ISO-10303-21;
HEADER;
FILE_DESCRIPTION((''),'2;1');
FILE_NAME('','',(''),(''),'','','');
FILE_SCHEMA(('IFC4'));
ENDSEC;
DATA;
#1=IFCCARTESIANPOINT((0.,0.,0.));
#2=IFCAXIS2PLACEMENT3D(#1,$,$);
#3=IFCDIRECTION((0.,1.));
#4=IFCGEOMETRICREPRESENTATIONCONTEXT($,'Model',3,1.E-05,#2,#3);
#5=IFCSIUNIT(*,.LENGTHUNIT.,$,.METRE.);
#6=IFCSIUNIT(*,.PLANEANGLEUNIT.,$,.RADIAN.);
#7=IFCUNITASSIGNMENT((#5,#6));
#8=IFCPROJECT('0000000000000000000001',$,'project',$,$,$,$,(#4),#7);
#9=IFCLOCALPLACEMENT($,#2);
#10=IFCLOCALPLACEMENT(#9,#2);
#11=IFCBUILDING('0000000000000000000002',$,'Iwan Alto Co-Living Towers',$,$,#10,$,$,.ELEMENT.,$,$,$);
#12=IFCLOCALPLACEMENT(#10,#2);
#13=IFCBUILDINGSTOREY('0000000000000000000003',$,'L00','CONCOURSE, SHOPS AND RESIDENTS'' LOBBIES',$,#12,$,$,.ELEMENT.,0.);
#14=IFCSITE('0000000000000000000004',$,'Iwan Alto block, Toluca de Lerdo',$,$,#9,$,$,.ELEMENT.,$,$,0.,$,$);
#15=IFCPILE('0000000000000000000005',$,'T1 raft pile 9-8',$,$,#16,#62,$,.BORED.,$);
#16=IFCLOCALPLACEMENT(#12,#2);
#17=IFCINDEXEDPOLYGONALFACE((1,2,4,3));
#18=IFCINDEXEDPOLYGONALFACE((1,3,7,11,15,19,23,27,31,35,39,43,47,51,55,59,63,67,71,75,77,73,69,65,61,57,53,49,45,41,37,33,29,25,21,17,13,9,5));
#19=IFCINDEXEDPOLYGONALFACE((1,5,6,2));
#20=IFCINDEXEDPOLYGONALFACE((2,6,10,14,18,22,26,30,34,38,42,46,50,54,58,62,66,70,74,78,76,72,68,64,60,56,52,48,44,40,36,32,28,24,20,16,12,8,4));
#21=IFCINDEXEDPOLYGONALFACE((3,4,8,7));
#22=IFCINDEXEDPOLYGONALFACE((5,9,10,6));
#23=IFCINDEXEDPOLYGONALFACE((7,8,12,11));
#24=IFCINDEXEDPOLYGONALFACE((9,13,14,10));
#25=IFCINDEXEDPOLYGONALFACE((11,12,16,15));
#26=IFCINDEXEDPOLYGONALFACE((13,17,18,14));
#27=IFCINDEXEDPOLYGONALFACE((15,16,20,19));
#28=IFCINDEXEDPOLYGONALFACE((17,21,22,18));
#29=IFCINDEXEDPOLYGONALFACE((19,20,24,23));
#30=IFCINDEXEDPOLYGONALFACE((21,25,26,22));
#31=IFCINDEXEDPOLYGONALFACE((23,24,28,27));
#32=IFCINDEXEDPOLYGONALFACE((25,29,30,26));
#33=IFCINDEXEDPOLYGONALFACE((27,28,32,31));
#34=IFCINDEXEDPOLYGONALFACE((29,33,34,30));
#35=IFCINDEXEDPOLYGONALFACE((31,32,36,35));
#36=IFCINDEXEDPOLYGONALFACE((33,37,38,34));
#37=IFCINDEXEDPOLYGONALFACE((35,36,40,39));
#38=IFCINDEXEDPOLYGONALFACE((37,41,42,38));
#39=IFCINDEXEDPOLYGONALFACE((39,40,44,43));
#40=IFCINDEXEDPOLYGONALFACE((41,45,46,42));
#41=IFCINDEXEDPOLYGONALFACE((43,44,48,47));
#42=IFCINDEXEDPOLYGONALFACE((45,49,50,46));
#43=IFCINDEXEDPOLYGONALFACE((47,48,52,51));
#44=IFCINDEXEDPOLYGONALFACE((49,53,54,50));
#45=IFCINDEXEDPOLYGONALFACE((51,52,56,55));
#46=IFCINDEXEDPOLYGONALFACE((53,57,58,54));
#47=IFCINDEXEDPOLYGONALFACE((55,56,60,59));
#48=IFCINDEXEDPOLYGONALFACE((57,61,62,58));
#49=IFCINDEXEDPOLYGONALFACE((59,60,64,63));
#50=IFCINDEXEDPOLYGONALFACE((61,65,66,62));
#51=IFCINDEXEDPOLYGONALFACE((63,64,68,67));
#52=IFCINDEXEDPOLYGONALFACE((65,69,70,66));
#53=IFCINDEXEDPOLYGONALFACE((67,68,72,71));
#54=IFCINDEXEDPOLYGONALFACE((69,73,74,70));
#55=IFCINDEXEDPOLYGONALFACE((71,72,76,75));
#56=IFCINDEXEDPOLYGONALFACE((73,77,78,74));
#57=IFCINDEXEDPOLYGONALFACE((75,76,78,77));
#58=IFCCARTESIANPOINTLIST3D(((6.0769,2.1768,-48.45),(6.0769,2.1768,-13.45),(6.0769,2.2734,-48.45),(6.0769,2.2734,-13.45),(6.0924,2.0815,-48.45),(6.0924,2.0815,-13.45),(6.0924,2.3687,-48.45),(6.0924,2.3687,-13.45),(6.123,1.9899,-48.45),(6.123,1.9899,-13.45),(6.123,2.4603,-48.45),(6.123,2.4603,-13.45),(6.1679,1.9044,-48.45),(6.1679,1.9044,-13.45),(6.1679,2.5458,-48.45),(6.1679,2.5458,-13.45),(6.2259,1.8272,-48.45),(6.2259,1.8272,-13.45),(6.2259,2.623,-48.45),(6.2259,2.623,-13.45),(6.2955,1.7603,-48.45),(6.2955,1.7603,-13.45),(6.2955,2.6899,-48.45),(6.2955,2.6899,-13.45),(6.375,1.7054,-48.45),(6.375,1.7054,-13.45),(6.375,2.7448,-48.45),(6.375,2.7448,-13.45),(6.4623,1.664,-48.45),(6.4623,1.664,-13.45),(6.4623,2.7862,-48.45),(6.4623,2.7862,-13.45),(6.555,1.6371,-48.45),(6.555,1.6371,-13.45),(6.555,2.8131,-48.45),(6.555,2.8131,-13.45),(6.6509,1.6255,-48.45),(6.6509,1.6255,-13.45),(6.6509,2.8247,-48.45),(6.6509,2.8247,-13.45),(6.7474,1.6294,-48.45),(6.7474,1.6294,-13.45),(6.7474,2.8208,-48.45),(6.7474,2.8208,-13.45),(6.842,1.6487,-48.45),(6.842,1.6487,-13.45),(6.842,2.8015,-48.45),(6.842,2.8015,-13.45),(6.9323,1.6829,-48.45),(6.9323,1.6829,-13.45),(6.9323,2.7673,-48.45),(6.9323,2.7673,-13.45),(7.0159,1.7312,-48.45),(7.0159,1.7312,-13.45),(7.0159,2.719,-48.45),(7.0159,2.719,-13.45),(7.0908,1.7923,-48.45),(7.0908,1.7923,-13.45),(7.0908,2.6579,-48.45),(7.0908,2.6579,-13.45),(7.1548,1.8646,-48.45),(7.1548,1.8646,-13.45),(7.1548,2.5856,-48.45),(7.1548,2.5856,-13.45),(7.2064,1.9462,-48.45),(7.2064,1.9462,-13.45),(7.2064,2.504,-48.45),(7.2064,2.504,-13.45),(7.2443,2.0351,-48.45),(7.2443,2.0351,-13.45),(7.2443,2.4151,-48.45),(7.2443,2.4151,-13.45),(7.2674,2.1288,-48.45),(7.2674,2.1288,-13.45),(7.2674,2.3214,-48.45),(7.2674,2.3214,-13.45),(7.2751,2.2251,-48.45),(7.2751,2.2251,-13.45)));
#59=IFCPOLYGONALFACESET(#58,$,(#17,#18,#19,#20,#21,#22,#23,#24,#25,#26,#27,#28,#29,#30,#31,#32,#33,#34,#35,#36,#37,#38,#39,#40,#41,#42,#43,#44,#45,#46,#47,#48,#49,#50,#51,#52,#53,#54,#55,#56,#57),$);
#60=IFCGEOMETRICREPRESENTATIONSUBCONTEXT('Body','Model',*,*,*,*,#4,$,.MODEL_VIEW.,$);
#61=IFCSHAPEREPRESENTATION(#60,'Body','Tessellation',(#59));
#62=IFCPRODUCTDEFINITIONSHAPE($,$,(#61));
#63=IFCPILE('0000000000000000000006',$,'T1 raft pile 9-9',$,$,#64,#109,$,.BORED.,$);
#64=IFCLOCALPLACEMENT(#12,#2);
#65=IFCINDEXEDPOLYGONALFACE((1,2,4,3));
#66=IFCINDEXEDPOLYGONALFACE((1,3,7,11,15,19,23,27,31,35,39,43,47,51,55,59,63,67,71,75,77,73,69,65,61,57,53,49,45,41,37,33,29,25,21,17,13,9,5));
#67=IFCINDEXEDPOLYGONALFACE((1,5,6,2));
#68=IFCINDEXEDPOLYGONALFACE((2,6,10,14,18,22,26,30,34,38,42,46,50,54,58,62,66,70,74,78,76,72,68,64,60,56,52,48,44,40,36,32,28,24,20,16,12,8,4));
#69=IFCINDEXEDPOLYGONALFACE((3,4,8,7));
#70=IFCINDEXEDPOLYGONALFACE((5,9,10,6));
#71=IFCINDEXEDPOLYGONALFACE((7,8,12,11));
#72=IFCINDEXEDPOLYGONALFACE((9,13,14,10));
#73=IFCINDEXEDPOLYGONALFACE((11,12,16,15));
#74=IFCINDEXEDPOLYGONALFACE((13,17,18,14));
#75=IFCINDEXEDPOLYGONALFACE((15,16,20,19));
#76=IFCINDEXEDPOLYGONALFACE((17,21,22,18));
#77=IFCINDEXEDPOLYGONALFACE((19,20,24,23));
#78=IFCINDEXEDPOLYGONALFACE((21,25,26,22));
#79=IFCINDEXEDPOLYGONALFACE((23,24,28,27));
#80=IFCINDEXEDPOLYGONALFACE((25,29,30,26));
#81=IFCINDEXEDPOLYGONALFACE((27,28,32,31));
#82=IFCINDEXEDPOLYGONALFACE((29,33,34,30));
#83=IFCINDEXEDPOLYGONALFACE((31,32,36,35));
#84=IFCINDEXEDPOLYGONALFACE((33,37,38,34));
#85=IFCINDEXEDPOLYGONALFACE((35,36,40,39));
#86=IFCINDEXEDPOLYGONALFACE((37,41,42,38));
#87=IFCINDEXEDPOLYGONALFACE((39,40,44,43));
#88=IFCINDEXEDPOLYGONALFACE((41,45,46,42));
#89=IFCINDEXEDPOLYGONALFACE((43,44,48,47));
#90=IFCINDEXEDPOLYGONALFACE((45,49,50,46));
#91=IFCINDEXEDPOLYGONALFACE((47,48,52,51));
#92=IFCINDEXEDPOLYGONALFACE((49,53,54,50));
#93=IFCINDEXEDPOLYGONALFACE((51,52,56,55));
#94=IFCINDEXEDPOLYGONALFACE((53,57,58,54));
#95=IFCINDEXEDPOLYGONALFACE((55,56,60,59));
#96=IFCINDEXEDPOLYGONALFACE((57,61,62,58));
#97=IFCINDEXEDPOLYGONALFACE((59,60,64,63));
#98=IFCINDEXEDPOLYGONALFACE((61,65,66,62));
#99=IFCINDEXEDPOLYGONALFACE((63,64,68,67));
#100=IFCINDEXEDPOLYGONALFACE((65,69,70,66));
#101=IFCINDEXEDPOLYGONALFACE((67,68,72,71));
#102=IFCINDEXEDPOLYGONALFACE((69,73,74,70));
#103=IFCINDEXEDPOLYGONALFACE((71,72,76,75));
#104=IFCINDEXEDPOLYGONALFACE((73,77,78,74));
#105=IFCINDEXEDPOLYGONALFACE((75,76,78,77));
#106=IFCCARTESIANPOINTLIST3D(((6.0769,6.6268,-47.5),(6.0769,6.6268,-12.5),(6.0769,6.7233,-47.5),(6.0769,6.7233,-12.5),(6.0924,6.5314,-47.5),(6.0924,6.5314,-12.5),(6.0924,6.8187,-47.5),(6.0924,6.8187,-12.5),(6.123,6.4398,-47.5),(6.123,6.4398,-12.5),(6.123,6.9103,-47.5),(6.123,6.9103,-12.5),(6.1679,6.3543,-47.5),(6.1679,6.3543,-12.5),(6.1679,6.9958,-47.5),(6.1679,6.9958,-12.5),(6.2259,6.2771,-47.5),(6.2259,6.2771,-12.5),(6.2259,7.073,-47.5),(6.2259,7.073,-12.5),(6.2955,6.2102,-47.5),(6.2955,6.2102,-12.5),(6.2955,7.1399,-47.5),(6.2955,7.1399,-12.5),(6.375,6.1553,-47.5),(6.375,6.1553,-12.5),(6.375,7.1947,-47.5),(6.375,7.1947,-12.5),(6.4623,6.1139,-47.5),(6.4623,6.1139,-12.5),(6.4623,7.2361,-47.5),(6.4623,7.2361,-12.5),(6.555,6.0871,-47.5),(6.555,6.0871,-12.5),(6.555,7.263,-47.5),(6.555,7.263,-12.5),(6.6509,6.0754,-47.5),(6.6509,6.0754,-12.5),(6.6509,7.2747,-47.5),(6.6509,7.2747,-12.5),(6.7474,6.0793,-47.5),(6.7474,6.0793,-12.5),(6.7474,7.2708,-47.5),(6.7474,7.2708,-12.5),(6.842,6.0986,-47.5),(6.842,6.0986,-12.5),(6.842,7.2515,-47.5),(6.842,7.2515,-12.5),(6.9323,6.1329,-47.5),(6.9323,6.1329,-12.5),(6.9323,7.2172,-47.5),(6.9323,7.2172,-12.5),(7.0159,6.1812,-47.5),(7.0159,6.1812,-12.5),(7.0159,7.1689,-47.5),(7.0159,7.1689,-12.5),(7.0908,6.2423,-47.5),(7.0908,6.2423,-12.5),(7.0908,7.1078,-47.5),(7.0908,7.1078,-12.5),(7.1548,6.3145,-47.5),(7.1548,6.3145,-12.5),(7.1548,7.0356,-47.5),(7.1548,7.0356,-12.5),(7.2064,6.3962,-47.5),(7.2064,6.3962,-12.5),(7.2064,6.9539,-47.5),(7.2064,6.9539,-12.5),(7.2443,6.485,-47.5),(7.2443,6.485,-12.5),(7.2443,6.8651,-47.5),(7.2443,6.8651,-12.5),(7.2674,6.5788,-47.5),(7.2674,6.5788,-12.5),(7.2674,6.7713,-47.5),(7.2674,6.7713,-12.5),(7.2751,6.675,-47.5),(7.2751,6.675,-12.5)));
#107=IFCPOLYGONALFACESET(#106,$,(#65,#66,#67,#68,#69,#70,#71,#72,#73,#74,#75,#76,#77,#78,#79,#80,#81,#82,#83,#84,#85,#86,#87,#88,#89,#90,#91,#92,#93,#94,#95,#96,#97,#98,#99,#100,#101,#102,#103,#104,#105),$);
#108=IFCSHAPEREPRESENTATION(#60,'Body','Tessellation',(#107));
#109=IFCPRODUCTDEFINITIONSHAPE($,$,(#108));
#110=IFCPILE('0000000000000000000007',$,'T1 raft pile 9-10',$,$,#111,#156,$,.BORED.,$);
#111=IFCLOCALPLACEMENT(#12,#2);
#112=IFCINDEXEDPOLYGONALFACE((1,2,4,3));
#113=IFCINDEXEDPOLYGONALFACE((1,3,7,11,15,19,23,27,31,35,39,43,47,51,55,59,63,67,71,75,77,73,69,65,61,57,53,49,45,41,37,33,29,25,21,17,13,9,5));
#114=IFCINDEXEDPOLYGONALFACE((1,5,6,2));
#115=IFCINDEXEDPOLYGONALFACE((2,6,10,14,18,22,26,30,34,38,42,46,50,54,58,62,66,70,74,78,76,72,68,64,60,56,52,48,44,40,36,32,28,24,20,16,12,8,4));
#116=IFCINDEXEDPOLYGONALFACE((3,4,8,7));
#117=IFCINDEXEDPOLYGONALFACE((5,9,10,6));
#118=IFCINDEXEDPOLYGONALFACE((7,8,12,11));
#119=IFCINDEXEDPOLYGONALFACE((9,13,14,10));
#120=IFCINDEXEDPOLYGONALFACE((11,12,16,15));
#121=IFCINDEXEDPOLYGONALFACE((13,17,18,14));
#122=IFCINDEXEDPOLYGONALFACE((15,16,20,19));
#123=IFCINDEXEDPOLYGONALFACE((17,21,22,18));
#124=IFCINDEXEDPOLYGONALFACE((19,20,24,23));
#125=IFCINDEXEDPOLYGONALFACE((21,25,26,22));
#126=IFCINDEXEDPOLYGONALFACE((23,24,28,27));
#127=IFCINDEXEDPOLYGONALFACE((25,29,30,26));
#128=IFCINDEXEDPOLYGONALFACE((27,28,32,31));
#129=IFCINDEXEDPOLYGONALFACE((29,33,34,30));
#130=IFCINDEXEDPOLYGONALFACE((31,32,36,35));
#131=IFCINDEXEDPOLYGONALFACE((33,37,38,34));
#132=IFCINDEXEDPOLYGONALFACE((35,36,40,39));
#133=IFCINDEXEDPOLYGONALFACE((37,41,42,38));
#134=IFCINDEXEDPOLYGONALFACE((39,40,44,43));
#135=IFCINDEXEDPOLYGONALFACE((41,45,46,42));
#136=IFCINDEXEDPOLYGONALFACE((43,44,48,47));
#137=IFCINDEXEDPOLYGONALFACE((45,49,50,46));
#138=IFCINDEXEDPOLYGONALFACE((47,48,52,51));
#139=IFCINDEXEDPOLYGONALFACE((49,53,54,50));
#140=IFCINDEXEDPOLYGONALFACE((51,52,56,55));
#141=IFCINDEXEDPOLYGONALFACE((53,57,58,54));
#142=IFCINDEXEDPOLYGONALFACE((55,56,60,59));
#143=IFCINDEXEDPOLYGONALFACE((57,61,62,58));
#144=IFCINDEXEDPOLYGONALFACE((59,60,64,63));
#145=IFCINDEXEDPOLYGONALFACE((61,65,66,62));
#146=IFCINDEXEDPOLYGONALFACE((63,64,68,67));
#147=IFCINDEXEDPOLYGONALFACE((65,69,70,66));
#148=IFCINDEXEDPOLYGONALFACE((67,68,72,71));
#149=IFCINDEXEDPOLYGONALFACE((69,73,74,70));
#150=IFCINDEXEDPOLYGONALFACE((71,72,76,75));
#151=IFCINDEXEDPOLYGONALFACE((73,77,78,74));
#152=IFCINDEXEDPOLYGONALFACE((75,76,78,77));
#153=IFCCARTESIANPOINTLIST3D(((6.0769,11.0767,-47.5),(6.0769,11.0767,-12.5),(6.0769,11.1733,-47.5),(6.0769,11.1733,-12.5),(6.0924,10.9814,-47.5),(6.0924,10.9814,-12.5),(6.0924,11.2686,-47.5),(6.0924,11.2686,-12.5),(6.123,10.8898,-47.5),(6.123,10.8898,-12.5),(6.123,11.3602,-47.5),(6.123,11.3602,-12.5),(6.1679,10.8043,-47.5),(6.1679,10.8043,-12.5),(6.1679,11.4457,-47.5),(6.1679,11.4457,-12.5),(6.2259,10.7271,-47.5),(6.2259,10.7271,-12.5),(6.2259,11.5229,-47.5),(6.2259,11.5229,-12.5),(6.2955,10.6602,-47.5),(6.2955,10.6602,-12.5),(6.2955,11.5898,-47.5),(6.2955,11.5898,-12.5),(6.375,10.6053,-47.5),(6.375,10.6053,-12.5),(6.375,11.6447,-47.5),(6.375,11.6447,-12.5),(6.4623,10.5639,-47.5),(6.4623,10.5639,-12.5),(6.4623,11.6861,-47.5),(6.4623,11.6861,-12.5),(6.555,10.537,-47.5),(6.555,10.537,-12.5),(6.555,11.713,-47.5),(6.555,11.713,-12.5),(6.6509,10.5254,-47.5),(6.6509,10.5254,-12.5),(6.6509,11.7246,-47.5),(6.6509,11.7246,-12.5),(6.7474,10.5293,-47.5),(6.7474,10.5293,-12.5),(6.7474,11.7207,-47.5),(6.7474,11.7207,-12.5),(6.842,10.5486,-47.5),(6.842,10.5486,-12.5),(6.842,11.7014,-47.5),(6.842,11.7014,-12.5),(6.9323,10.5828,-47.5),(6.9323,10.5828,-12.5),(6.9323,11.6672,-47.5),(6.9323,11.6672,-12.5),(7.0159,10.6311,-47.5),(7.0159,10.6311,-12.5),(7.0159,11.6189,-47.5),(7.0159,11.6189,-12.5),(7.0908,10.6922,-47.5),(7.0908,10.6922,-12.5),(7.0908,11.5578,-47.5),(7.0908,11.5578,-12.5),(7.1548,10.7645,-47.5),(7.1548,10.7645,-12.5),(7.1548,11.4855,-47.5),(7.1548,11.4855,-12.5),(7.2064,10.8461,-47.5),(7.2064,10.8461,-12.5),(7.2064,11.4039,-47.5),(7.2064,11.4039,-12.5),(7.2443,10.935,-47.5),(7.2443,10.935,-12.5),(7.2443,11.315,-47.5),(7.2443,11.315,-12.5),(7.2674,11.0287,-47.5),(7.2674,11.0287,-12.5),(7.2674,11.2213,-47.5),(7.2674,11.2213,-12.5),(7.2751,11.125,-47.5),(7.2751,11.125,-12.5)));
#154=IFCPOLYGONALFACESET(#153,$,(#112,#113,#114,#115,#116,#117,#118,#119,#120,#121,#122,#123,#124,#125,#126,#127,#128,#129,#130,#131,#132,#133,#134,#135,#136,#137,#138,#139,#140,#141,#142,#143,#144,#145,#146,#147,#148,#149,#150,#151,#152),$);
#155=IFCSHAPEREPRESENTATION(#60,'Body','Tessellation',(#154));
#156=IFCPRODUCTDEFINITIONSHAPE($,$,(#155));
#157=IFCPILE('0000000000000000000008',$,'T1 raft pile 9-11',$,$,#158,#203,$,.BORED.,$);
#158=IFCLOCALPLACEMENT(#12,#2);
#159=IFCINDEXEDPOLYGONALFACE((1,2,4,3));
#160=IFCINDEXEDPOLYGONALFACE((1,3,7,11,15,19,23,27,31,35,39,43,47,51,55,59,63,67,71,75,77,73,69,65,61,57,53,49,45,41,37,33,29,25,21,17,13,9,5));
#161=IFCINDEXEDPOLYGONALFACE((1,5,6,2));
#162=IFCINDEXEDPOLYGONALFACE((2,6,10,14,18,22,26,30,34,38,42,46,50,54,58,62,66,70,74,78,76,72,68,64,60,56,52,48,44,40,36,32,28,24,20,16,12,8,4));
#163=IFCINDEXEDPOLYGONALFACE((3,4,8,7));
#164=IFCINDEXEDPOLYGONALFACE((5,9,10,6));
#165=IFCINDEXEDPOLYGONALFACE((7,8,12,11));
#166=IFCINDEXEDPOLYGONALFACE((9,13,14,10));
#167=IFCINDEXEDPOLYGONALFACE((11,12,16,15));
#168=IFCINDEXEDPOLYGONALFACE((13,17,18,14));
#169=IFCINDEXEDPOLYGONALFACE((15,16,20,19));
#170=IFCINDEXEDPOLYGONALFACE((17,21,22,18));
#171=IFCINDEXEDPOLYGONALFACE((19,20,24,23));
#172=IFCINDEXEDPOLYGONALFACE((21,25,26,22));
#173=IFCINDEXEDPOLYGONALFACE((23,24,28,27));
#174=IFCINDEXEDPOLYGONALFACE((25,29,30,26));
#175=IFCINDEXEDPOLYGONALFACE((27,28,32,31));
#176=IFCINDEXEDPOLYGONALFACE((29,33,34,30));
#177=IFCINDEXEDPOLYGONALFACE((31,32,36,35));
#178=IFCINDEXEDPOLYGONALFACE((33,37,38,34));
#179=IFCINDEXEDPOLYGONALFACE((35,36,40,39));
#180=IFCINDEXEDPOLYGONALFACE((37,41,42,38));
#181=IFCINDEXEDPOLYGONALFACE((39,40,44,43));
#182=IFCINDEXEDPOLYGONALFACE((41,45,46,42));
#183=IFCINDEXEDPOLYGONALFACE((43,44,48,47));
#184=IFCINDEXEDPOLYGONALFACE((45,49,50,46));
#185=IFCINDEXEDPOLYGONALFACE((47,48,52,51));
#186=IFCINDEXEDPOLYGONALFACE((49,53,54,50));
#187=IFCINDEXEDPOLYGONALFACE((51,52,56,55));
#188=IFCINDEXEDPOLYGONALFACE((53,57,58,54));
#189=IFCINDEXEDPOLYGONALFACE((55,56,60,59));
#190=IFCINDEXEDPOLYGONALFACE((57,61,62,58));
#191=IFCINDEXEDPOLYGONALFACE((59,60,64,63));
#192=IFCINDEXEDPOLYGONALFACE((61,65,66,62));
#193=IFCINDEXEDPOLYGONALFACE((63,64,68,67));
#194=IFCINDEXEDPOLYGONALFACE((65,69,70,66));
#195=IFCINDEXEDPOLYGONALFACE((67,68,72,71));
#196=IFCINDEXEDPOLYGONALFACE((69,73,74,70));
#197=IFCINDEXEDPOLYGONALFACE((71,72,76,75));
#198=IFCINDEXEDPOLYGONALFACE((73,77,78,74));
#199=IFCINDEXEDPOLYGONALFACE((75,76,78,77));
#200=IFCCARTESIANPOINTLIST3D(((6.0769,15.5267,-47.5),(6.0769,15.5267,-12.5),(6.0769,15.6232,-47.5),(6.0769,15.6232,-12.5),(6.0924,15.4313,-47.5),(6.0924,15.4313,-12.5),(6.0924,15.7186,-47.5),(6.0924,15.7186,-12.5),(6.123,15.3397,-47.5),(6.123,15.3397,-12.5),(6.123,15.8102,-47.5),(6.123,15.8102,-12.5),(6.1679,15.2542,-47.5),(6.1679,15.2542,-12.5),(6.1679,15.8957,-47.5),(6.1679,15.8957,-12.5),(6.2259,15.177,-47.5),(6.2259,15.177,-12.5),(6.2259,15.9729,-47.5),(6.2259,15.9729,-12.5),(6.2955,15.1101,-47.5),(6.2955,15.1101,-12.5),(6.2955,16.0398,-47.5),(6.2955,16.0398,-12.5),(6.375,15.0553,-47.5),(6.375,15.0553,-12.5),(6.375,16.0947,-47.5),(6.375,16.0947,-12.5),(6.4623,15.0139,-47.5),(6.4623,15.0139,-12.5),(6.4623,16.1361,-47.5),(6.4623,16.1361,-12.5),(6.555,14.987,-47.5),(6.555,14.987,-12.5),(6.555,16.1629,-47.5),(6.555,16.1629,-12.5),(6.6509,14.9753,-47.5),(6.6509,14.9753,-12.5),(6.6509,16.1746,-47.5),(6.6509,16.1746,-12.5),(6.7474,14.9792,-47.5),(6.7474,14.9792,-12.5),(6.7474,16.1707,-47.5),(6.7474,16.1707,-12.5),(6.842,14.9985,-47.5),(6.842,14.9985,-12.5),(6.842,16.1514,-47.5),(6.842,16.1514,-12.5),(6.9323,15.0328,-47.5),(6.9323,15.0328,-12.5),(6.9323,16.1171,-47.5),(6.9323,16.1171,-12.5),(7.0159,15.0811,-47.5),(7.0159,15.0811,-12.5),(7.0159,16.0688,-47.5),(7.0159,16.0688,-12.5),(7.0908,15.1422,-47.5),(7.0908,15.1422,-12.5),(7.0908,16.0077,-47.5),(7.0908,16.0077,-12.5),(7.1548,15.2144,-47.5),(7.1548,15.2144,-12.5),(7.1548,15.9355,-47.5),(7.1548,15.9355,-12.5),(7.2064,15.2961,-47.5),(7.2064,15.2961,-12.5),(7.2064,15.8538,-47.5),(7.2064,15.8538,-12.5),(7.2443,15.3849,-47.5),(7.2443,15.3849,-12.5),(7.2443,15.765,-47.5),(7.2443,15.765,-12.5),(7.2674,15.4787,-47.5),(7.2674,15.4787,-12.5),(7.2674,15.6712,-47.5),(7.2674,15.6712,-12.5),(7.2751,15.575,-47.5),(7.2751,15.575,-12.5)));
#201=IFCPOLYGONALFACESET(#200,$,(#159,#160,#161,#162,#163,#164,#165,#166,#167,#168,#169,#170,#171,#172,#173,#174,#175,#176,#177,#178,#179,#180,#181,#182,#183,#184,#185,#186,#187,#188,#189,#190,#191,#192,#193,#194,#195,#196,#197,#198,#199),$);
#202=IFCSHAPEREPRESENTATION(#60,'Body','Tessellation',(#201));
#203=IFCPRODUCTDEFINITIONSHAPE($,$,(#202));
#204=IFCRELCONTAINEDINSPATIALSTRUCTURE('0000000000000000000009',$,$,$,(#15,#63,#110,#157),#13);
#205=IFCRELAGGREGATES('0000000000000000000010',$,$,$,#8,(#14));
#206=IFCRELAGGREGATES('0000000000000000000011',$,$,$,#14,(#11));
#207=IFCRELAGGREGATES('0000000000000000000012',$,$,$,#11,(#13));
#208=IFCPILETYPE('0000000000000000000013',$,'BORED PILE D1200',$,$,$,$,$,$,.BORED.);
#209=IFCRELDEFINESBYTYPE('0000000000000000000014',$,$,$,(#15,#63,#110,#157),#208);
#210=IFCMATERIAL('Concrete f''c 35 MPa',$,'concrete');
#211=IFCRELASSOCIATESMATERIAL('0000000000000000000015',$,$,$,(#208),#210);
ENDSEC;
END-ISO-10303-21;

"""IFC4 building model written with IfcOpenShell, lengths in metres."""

from ifc_helpers import new_model, si_unit, direction, frame, origin, origin_2d, place, context, subcontext, project, spatial, circle, extrude, material, material_profile, profile_set, type_object, element, save


model = new_model("IFC4")

# Units and contexts
model_context = context("Model", 3, precision=1e-05, world=origin(), true_north=direction((0.0, 1.0)))
body_context = subcontext(model_context, "Body", "Model", "MODEL_VIEW")
ifc_project = project(units=[si_unit("LENGTHUNIT", "METRE"), si_unit("PLANEANGLEUNIT", "RADIAN")], contexts=[model_context])

# Site, building, storey
site_placement = place(None, origin())
site = spatial("IfcSite", under=ifc_project, at=site_placement, Name="Iwan Alto block, Toluca de Lerdo", CompositionType="ELEMENT", RefElevation=0.0)
building_placement = place(site_placement, origin())
building = spatial("IfcBuilding", under=site, at=building_placement, Name="Iwan Alto Co-Living Towers", CompositionType="ELEMENT")
storey_placement = place(building_placement, origin())
storey = spatial("IfcBuildingStorey", under=building, at=storey_placement, Name="L00", Description="CONCOURSE, SHOPS AND RESIDENTS' LOBBIES", CompositionType="ELEMENT", Elevation=0.0)

# Piles
ifc_material_1 = material(Name="Concrete f'c 35 MPa", Category="concrete")
ifc_material_profile_1 = material_profile(ifc_material_1, circle(Radius=0.6001, at=origin_2d()), Name="D1200")
ifc_profile_set_1 = profile_set([ifc_material_profile_1], Name="Concrete f'c 35 MPa")
pile_type = type_object("IfcPileType", Name="BORED PILE D1200", PredefinedType="BORED", material=ifc_profile_set_1)
for number, where, z_axis, x_axis, name in (
    (1, (6.675, 2.2251, -13.45), (0.0, 0.0, -1.0), (1.0, 0.0, 0.0), "T1 raft pile 9-8"),
    (2, (6.675, 6.675, -12.5), (0.0, 0.0, -1.0), (1.0, 0.0, 0.0), "T1 raft pile 9-9"),
    (3, (6.675, 11.125, -12.5), (0.0, 0.0, -1.0), (1.0, 0.0, 0.0), "T1 raft pile 9-10"),
    (4, (6.675, 15.575, -12.5), (0.0, 0.0, -1.0), (1.0, 0.0, 0.0), "T1 raft pile 9-11"),
):
    element("IfcPile", number, at=place(storey_placement, frame(where, z_axis=z_axis, x_axis=x_axis)), inside=storey, type_object=pile_type, Name=name, PredefinedType="BORED", context=body_context, shape_type="SweptSolid", body=[
        extrude(circle(Radius=0.6001, at=origin_2d()), origin(), (0.0, 0.0, 1.0), 35.0),
    ])

save(model, "model.ifc")
